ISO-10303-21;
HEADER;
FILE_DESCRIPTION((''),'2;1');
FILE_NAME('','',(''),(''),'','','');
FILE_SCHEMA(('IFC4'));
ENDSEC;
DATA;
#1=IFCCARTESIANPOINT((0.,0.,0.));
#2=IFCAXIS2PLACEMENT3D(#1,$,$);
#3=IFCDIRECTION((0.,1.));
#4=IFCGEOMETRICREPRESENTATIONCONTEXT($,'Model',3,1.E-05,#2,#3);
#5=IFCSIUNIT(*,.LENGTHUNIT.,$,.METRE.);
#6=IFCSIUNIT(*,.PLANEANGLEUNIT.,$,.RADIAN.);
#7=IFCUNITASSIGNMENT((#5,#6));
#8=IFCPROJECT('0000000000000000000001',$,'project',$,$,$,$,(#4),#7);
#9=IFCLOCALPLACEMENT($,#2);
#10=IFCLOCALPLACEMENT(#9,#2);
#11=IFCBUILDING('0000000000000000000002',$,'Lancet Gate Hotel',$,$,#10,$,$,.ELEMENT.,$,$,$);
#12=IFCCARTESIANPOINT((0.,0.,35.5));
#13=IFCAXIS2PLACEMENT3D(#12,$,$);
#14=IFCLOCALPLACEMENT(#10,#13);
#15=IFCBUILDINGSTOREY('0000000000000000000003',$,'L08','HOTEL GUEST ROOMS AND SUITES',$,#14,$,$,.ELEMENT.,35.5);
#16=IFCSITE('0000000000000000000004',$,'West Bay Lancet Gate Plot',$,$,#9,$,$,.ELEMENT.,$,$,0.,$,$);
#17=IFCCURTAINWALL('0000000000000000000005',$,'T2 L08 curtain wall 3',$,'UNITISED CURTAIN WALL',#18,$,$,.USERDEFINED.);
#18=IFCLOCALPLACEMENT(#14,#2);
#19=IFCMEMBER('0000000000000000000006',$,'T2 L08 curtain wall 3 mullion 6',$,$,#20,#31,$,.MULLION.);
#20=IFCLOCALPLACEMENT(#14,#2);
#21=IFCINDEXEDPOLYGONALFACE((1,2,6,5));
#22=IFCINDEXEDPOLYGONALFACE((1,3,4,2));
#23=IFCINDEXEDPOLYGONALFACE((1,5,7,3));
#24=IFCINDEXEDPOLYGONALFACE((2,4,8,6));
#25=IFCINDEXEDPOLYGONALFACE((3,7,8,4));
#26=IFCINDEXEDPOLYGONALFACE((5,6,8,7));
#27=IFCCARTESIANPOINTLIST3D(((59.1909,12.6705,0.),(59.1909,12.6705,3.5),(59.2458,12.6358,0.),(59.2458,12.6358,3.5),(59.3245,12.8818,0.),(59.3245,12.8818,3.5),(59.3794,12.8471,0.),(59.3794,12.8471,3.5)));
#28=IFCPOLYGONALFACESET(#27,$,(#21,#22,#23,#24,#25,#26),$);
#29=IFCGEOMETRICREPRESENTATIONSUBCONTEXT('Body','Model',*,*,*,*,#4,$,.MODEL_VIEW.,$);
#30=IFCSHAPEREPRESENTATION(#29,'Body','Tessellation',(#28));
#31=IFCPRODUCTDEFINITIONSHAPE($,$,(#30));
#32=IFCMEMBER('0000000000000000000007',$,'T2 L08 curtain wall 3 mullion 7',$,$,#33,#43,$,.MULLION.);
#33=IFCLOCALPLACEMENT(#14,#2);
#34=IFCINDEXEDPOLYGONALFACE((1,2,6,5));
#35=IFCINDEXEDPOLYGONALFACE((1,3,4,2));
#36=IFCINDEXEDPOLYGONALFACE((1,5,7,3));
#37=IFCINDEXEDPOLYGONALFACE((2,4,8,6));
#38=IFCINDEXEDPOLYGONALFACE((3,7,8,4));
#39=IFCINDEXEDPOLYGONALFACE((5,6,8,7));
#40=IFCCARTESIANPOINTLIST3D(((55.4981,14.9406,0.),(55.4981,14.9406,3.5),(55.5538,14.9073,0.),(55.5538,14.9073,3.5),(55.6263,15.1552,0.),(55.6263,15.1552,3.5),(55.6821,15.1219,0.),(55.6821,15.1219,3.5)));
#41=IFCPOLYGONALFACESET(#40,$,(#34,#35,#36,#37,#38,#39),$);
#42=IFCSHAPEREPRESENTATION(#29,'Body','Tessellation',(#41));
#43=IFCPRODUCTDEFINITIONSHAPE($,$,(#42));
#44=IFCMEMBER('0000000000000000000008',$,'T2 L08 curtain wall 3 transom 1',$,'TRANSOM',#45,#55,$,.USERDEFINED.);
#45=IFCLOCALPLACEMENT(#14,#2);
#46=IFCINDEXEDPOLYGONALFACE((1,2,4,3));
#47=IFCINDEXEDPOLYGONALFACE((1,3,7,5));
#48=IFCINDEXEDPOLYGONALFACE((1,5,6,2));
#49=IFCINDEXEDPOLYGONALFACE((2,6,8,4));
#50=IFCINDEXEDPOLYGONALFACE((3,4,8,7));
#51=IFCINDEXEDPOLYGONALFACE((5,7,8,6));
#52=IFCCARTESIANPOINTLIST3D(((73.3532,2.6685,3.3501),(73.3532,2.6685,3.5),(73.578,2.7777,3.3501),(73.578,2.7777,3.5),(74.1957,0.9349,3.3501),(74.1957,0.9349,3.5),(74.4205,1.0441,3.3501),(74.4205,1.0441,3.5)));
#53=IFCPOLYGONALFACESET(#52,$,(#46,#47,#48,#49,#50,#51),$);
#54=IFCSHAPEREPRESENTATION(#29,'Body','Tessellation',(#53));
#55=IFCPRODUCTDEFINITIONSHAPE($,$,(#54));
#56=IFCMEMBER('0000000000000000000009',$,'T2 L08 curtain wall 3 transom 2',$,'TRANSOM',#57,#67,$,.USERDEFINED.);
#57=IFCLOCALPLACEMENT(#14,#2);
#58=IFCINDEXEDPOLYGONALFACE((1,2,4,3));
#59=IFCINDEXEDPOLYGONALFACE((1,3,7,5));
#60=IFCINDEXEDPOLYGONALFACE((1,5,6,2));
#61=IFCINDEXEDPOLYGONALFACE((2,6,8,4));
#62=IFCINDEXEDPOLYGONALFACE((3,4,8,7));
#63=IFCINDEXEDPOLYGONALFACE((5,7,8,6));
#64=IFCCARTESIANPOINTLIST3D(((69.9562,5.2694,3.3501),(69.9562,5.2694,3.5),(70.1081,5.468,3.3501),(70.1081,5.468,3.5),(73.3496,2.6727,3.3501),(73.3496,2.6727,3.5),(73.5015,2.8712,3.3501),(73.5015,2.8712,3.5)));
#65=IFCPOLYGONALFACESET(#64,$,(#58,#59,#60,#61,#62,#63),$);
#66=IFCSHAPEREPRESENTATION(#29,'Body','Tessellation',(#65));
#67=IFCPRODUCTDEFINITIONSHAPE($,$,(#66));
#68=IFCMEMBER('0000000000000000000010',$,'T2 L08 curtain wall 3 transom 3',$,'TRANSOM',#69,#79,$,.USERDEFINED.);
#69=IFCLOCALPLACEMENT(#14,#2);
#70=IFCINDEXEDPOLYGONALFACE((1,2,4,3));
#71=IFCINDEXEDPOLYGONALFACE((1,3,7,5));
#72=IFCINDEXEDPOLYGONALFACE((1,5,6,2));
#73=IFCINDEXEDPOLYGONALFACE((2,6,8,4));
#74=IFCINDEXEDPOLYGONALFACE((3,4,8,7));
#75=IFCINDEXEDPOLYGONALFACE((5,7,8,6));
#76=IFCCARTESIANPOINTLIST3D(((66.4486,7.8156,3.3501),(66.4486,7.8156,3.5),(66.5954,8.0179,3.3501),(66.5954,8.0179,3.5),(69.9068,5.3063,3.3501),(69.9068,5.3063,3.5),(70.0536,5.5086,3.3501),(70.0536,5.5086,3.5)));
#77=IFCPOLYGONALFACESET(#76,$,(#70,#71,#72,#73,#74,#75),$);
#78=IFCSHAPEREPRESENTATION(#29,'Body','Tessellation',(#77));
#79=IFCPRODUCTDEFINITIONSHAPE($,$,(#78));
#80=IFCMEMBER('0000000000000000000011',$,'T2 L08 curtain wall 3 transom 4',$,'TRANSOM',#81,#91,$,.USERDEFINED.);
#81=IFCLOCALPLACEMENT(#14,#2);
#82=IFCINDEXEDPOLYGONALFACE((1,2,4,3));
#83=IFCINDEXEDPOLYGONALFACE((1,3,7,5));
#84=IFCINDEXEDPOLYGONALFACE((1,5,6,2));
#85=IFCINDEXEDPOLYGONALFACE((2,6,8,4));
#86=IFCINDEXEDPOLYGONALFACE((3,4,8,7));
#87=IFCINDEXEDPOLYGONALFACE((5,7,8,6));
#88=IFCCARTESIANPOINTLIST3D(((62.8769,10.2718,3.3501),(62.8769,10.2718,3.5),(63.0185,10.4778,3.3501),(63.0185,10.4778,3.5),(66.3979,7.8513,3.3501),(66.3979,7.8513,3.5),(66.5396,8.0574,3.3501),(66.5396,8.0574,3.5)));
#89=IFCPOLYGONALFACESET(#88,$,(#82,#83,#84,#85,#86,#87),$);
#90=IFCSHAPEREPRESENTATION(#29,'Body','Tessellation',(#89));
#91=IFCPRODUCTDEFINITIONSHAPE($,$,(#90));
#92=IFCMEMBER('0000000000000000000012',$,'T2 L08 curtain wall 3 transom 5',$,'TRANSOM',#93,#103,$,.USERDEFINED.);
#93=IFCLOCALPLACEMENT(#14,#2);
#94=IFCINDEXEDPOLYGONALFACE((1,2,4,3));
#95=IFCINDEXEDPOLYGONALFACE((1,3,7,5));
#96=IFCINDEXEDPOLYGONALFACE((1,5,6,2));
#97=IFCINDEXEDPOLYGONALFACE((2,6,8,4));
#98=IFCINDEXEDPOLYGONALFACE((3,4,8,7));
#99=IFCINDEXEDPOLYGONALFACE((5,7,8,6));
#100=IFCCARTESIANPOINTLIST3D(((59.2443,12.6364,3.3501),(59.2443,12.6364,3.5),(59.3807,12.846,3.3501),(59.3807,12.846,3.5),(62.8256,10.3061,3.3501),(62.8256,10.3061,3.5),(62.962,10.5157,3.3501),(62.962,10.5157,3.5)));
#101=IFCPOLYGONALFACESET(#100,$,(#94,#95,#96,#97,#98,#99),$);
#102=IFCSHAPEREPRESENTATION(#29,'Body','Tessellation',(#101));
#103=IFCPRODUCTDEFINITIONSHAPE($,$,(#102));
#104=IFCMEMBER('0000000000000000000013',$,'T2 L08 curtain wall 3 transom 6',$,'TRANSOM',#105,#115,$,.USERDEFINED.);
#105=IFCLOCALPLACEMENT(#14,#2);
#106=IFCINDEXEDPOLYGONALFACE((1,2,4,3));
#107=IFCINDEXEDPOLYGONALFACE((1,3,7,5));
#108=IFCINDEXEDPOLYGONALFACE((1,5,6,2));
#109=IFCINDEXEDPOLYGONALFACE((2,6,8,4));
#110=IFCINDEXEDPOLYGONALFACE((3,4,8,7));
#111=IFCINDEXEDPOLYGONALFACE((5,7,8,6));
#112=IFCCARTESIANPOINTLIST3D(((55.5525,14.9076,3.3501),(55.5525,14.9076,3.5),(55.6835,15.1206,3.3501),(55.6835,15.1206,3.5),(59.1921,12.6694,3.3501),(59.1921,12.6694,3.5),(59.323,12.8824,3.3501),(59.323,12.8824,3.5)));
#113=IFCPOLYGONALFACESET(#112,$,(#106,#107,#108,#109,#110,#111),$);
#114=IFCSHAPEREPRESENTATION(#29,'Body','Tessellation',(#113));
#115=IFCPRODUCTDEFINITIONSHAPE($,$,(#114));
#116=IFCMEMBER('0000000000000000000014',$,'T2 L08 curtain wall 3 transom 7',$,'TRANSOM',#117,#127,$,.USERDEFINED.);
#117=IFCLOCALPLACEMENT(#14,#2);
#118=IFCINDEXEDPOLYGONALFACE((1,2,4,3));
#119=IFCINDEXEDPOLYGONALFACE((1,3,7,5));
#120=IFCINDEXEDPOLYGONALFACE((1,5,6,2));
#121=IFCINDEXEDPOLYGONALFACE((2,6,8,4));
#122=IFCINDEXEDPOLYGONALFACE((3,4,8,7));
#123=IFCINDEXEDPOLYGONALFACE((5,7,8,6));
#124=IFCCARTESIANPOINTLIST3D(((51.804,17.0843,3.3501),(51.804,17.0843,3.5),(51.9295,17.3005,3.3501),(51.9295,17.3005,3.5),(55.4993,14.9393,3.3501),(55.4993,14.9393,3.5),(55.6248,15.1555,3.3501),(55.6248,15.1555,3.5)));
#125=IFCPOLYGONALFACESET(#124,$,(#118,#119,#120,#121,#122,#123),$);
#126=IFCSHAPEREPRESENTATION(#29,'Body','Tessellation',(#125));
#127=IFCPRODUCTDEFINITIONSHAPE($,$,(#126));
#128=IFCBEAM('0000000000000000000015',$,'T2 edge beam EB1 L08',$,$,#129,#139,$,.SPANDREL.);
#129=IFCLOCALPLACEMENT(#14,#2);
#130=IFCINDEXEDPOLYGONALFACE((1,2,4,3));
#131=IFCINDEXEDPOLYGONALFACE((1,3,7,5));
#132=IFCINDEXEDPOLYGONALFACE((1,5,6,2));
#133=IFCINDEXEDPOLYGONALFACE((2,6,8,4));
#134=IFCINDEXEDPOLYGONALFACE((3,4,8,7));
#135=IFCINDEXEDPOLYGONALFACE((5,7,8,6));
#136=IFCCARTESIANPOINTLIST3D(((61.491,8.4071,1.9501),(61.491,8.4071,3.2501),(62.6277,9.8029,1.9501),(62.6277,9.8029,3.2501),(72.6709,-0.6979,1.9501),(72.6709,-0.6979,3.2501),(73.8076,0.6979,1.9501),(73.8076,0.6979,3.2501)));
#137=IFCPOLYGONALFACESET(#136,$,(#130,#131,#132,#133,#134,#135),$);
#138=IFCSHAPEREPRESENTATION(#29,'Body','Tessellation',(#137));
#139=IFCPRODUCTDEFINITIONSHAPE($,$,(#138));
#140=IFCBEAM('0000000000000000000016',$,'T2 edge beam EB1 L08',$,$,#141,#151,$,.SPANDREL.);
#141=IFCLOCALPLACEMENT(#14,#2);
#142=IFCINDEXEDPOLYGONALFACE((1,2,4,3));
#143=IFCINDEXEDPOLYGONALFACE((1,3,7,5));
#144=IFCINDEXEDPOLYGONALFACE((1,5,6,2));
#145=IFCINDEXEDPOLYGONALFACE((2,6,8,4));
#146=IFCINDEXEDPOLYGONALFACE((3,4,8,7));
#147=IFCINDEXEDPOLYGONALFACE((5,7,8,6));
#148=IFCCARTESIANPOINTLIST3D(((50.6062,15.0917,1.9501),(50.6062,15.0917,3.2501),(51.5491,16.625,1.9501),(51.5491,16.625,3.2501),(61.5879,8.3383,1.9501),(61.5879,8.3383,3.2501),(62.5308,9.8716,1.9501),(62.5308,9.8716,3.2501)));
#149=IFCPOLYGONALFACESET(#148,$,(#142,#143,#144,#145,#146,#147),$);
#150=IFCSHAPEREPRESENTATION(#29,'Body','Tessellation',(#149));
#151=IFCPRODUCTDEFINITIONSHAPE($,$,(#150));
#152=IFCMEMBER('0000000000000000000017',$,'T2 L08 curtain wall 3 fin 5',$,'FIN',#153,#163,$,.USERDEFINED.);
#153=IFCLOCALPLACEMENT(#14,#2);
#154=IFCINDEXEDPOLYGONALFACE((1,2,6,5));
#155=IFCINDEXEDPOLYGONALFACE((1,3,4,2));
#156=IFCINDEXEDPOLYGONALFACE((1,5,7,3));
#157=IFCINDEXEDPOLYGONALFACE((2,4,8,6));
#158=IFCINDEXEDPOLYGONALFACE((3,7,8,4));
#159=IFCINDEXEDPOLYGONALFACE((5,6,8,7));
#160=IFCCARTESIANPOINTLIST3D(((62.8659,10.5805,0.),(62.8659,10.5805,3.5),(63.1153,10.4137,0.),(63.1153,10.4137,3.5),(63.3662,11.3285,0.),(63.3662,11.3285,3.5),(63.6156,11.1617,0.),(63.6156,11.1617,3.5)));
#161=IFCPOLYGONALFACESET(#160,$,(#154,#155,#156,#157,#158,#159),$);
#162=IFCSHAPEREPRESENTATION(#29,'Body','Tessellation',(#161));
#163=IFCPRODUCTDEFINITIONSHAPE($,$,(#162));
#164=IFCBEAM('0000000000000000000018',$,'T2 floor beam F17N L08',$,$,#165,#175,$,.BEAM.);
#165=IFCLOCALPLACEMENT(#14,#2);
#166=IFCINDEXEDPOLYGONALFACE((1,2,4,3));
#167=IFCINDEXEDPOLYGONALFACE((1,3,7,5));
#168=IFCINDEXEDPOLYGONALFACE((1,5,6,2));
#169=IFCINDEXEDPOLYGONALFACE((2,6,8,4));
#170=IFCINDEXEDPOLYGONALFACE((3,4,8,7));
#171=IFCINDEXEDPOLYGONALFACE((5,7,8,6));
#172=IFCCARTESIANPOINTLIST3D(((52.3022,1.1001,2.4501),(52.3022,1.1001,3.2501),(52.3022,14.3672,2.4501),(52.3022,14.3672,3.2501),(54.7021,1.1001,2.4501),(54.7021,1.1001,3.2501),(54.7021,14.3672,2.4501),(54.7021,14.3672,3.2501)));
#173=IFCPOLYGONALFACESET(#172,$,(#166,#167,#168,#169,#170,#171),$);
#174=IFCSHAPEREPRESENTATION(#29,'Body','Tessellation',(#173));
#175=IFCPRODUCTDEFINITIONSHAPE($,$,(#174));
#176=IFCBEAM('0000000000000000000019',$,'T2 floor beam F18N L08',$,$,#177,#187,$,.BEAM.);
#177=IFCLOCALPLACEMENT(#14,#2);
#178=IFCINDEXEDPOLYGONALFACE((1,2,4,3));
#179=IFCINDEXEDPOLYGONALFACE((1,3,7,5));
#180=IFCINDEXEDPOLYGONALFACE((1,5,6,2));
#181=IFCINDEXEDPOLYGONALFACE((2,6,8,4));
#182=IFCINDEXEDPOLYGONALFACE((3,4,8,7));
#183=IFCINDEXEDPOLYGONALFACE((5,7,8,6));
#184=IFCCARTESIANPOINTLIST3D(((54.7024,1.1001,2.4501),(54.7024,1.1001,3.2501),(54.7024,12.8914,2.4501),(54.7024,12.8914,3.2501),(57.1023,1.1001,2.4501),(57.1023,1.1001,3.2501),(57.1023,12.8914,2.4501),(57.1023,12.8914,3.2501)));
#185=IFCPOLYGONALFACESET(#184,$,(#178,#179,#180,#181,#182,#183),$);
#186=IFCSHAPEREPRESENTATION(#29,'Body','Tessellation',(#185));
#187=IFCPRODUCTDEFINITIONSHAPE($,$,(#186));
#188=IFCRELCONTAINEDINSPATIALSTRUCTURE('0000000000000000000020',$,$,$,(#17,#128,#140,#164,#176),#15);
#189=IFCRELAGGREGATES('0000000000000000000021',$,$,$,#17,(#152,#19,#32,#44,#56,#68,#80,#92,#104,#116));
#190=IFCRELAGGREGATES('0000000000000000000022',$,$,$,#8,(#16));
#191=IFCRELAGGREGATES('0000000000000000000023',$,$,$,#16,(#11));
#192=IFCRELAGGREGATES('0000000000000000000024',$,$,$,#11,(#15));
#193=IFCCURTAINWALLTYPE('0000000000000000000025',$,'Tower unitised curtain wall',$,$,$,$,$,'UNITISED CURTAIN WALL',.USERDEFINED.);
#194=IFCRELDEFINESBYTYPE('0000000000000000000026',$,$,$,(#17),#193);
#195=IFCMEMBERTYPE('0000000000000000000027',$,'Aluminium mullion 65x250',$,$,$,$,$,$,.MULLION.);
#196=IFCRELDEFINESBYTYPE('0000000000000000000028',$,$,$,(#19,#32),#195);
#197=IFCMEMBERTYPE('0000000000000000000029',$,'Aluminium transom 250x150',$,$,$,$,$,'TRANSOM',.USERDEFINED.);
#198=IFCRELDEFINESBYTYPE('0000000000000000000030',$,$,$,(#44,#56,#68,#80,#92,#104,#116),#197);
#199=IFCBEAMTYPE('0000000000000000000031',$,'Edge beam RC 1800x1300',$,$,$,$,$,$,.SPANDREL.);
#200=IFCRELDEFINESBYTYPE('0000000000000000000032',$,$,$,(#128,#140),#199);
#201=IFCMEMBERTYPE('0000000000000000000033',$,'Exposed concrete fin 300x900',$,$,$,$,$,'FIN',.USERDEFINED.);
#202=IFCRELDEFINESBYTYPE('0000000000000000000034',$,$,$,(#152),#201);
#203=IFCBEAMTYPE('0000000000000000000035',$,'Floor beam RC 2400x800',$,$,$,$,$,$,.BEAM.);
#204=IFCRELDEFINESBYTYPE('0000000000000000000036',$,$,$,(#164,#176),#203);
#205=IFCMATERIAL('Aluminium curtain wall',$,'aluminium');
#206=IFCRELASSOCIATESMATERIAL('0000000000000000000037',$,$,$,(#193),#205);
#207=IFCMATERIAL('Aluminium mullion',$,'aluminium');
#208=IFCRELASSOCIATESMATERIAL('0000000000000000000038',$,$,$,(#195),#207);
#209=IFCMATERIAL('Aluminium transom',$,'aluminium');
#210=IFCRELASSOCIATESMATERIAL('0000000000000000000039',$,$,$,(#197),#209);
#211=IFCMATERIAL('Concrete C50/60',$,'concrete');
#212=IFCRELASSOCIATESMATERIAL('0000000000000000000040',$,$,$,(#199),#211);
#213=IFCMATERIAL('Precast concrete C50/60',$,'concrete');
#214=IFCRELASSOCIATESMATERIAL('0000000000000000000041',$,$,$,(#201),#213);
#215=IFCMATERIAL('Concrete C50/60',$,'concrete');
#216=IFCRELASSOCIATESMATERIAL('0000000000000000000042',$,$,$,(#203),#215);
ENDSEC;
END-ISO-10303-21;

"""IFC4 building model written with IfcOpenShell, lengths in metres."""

from ifc_helpers import new_model, si_unit, direction, frame, origin, origin_2d, place, context, subcontext, project, spatial, rectangle, extrude, material, material_profile, profile_set, type_object, element, aggregate, save


model = new_model("IFC4")

# Units and contexts
model_context = context("Model", 3, precision=1e-05, world=origin(), true_north=direction((0.0, 1.0)))
body_context = subcontext(model_context, "Body", "Model", "MODEL_VIEW")
ifc_project = project(units=[si_unit("LENGTHUNIT", "METRE"), si_unit("PLANEANGLEUNIT", "RADIAN")], contexts=[model_context])

# Site, building, storey
site_placement = place(None, origin())
site = spatial("IfcSite", under=ifc_project, at=site_placement, Name="West Bay Lancet Gate Plot", CompositionType="ELEMENT", RefElevation=0.0)
building_placement = place(site_placement, origin())
building = spatial("IfcBuilding", under=site, at=building_placement, Name="Lancet Gate Hotel", CompositionType="ELEMENT")
storey_placement = place(building_placement, frame((0.0, 0.0, 35.5)))
storey = spatial("IfcBuildingStorey", under=building, at=storey_placement, Name="L08", Description="HOTEL GUEST ROOMS AND SUITES", CompositionType="ELEMENT", Elevation=35.5)

# Curtain wall, members
ifc_material_1 = material(Name="Aluminium curtain wall", Category="aluminium")
curtain_wall_type = type_object("IfcCurtainWallType", Name="Tower unitised curtain wall", ElementType="UNITISED CURTAIN WALL", PredefinedType="USERDEFINED", material=ifc_material_1)
curtain_wall_placement = place(storey_placement, origin())
curtain_wall = element("IfcCurtainWall", 1, at=curtain_wall_placement, inside=storey, type_object=curtain_wall_type, Name="T2 L08 curtain wall 3", ObjectType="UNITISED CURTAIN WALL", PredefinedType="USERDEFINED")
ifc_material_2 = material(Name="Aluminium mullion", Category="aluminium")
ifc_material_profile_1 = material_profile(ifc_material_2, rectangle(XDim=0.0649, YDim=0.25, at=origin_2d()), Name="MULLION 65x250")
ifc_profile_set_1 = profile_set([ifc_material_profile_1], Name="Aluminium mullion")
member_type_1 = type_object("IfcMemberType", Name="Aluminium mullion 65x250", PredefinedType="MULLION", material=ifc_profile_set_1)
member_1_placement = place(storey_placement, frame((59.2852, 12.7588, 0.0), z_axis=(0.0, 0.0, 1.0), x_axis=(-0.845079, 0.534641, 0.0)))
member_1 = element("IfcMember", 2, at=member_1_placement, type_object=member_type_1, Name="T2 L08 curtain wall 3 mullion 6", PredefinedType="MULLION", context=body_context, shape_type="SweptSolid", body=[
    extrude(rectangle(XDim=0.0649, YDim=0.25, at=origin_2d()), origin(), (0.0, 0.0, 1.0), 3.5),
])
member_2_placement = place(storey_placement, frame((55.5901, 15.0312, 0.0), z_axis=(0.0, 0.0, 1.0), x_axis=(-0.858413, 0.512959, 0.0)))
member_2 = element("IfcMember", 3, at=member_2_placement, type_object=member_type_1, Name="T2 L08 curtain wall 3 mullion 7", PredefinedType="MULLION", context=body_context, shape_type="SweptSolid", body=[
    extrude(rectangle(XDim=0.0649, YDim=0.25, at=origin_2d()), origin(), (0.0, 0.0, 1.0), 3.5),
])
ifc_material_3 = material(Name="Aluminium transom", Category="aluminium")
ifc_material_profile_2 = material_profile(ifc_material_3, rectangle(XDim=0.25, YDim=0.1499, at=origin_2d()), Name="TRANSOM 250x150")
ifc_profile_set_2 = profile_set([ifc_material_profile_2], Name="Aluminium transom")
member_type_2 = type_object("IfcMemberType", Name="Aluminium transom 250x150", ElementType="TRANSOM", PredefinedType="USERDEFINED", material=ifc_profile_set_2)
member_3_placement = place(storey_placement, frame((74.3081, 0.9895, 3.425), z_axis=(-0.437103, 0.899411, 0.0), x_axis=(-0.899411, -0.437103, 0.0)))
member_3 = element("IfcMember", 4, at=member_3_placement, type_object=member_type_2, Name="T2 L08 curtain wall 3 transom 1", ObjectType="TRANSOM", PredefinedType="USERDEFINED", context=body_context, shape_type="SweptSolid", body=[
    extrude(rectangle(XDim=0.25, YDim=0.1499, at=origin_2d()), origin(), (0.0, 0.0, 1.0), 1.9275),
])
member_4_placement = place(storey_placement, frame((73.4255, 2.772, 3.425), z_axis=(-0.794155, 0.607715, 0.0), x_axis=(-0.607715, -0.794155, 0.0)))
member_4 = element("IfcMember", 5, at=member_4_placement, type_object=member_type_2, Name="T2 L08 curtain wall 3 transom 2", ObjectType="TRANSOM", PredefinedType="USERDEFINED", context=body_context, shape_type="SweptSolid", body=[
    extrude(rectangle(XDim=0.25, YDim=0.1499, at=origin_2d()), origin(), (0.0, 0.0, 1.0), 4.2729),
])
member_5_placement = place(storey_placement, frame((69.9802, 5.4075, 3.425), z_axis=(-0.809383, 0.587281, 0.0), x_axis=(-0.587281, -0.809383, 0.0)))
member_5 = element("IfcMember", 6, at=member_5_placement, type_object=member_type_2, Name="T2 L08 curtain wall 3 transom 3", ObjectType="TRANSOM", PredefinedType="USERDEFINED", context=body_context, shape_type="SweptSolid", body=[
    extrude(rectangle(XDim=0.25, YDim=0.1499, at=origin_2d()), origin(), (0.0, 0.0, 1.0), 4.2727),
])
member_6_placement = place(storey_placement, frame((66.4688, 7.9543, 3.425), z_axis=(-0.824072, 0.566485, 0.0), x_axis=(-0.566485, -0.824072, 0.0)))
member_6 = element("IfcMember", 7, at=member_6_placement, type_object=member_type_2, Name="T2 L08 curtain wall 3 transom 4", ObjectType="TRANSOM", PredefinedType="USERDEFINED", context=body_context, shape_type="SweptSolid", body=[
    extrude(rectangle(XDim=0.25, YDim=0.1499, at=origin_2d()), origin(), (0.0, 0.0, 1.0), 4.2727),
])
member_7_placement = place(storey_placement, frame((62.8938, 10.4109, 3.425), z_axis=(-0.838179, 0.545396, 0.0), x_axis=(-0.545396, -0.838179, 0.0)))
member_7 = element("IfcMember", 8, at=member_7_placement, type_object=member_type_2, Name="T2 L08 curtain wall 3 transom 5", ObjectType="TRANSOM", PredefinedType="USERDEFINED", context=body_context, shape_type="SweptSolid", body=[
    extrude(rectangle(XDim=0.25, YDim=0.1499, at=origin_2d()), origin(), (0.0, 0.0, 1.0), 4.2727),
])
member_8_placement = place(storey_placement, frame((59.2576, 12.7759, 3.425), z_axis=(-0.851815, 0.523842, 0.0), x_axis=(-0.523842, -0.851815, 0.0)))
member_8 = element("IfcMember", 9, at=member_8_placement, type_object=member_type_2, Name="T2 L08 curtain wall 3 transom 6", ObjectType="TRANSOM", PredefinedType="USERDEFINED", context=body_context, shape_type="SweptSolid", body=[
    extrude(rectangle(XDim=0.25, YDim=0.1499, at=origin_2d()), origin(), (0.0, 0.0, 1.0), 4.2727),
])
member_9_placement = place(storey_placement, frame((55.562, 15.0474, 3.425), z_axis=(-0.864855, 0.502022, 0.0), x_axis=(-0.502022, -0.864855, 0.0)))
member_9 = element("IfcMember", 10, at=member_9_placement, type_object=member_type_2, Name="T2 L08 curtain wall 3 transom 7", ObjectType="TRANSOM", PredefinedType="USERDEFINED", context=body_context, shape_type="SweptSolid", body=[
    extrude(rectangle(XDim=0.25, YDim=0.1499, at=origin_2d()), origin(), (0.0, 0.0, 1.0), 4.2727),
])

# Beams
ifc_material_4 = material(Name="Concrete C50/60", Category="concrete")
ifc_material_profile_3 = material_profile(ifc_material_4, rectangle(XDim=1.8, YDim=1.3, at=origin_2d()), Name="RC 1800x1300")
ifc_profile_set_3 = profile_set([ifc_material_profile_3], Name="Concrete C50/60")
beam_type_1 = type_object("IfcBeamType", Name="Edge beam RC 1800x1300", PredefinedType="SPANDREL", material=ifc_profile_set_3)
beam_1_placement = place(storey_placement, frame((73.2393, 0.0, 2.6001), z_axis=(-0.775391, 0.631481, 0.0), x_axis=(-0.631481, -0.775391, 0.0)))
element("IfcBeam", 11, at=beam_1_placement, inside=storey, type_object=beam_type_1, Name="T2 edge beam EB1 L08", PredefinedType="SPANDREL", context=body_context, shape_type="SweptSolid", body=[
    extrude(rectangle(XDim=1.8, YDim=1.3, at=origin_2d()), origin(), (0.0, 0.0, 1.0), 14.4185),
])
beam_2_placement = place(storey_placement, frame((62.0593, 9.105, 2.6001), z_axis=(-0.851816, 0.523842, 0.0), x_axis=(-0.523842, -0.851816, 0.0)))
element("IfcBeam", 12, at=beam_2_placement, inside=storey, type_object=beam_type_1, Name="T2 edge beam EB1 L08", PredefinedType="SPANDREL", context=body_context, shape_type="SweptSolid", body=[
    extrude(rectangle(XDim=1.8, YDim=1.3, at=origin_2d()), origin(), (0.0, 0.0, 1.0), 12.8921),
])

# Member
ifc_material_5 = material(Name="Precast concrete C50/60", Category="concrete")
ifc_material_profile_4 = material_profile(ifc_material_5, rectangle(XDim=0.3, YDim=0.8999, at=origin_2d()), Name="FIN 300x900")
ifc_profile_set_4 = profile_set([ifc_material_profile_4], Name="Precast concrete C50/60")
member_type_3 = type_object("IfcMemberType", Name="Exposed concrete fin 300x900", ElementType="FIN", PredefinedType="USERDEFINED", material=ifc_profile_set_4)
member_10_placement = place(storey_placement, frame((63.2407, 10.8711, 0.0), z_axis=(0.0, 0.0, 1.0), x_axis=(-0.831198, 0.555976, 0.0)))
member_10 = element("IfcMember", 13, at=member_10_placement, type_object=member_type_3, Name="T2 L08 curtain wall 3 fin 5", ObjectType="FIN", PredefinedType="USERDEFINED", context=body_context, shape_type="SweptSolid", body=[
    extrude(rectangle(XDim=0.3, YDim=0.8999, at=origin_2d()), origin(), (0.0, 0.0, 1.0), 3.5),
])

# Beams
ifc_material_6 = material(Name="Concrete C50/60", Category="concrete")
ifc_material_profile_5 = material_profile(ifc_material_6, rectangle(XDim=2.3999, YDim=0.8, at=origin_2d()), Name="RC 2400x800")
ifc_profile_set_5 = profile_set([ifc_material_profile_5], Name="Concrete C50/60")
beam_type_2 = type_object("IfcBeamType", Name="Floor beam RC 2400x800", PredefinedType="BEAM", material=ifc_profile_set_5)
beam_3_placement = place(storey_placement, frame((53.5022, 1.1001, 2.8501), z_axis=(0.0, 1.0, 0.0), x_axis=(-1.0, 0.0, 0.0)))
element("IfcBeam", 14, at=beam_3_placement, inside=storey, type_object=beam_type_2, Name="T2 floor beam F17N L08", PredefinedType="BEAM", context=body_context, shape_type="SweptSolid", body=[
    extrude(rectangle(XDim=2.3999, YDim=0.8, at=origin_2d()), origin(), (0.0, 0.0, 1.0), 13.2671),
])
beam_4_placement = place(storey_placement, frame((55.9023, 1.1001, 2.8501), z_axis=(0.0, 1.0, 0.0), x_axis=(-1.0, 0.0, 0.0)))
element("IfcBeam", 15, at=beam_4_placement, inside=storey, type_object=beam_type_2, Name="T2 floor beam F18N L08", PredefinedType="BEAM", context=body_context, shape_type="SweptSolid", body=[
    extrude(rectangle(XDim=2.3999, YDim=0.8, at=origin_2d()), origin(), (0.0, 0.0, 1.0), 11.7913),
])

aggregate(curtain_wall, [member_10, member_1, member_2, member_3, member_4, member_5, member_6, member_7, member_8, member_9])

save(model, "model.ifc")
